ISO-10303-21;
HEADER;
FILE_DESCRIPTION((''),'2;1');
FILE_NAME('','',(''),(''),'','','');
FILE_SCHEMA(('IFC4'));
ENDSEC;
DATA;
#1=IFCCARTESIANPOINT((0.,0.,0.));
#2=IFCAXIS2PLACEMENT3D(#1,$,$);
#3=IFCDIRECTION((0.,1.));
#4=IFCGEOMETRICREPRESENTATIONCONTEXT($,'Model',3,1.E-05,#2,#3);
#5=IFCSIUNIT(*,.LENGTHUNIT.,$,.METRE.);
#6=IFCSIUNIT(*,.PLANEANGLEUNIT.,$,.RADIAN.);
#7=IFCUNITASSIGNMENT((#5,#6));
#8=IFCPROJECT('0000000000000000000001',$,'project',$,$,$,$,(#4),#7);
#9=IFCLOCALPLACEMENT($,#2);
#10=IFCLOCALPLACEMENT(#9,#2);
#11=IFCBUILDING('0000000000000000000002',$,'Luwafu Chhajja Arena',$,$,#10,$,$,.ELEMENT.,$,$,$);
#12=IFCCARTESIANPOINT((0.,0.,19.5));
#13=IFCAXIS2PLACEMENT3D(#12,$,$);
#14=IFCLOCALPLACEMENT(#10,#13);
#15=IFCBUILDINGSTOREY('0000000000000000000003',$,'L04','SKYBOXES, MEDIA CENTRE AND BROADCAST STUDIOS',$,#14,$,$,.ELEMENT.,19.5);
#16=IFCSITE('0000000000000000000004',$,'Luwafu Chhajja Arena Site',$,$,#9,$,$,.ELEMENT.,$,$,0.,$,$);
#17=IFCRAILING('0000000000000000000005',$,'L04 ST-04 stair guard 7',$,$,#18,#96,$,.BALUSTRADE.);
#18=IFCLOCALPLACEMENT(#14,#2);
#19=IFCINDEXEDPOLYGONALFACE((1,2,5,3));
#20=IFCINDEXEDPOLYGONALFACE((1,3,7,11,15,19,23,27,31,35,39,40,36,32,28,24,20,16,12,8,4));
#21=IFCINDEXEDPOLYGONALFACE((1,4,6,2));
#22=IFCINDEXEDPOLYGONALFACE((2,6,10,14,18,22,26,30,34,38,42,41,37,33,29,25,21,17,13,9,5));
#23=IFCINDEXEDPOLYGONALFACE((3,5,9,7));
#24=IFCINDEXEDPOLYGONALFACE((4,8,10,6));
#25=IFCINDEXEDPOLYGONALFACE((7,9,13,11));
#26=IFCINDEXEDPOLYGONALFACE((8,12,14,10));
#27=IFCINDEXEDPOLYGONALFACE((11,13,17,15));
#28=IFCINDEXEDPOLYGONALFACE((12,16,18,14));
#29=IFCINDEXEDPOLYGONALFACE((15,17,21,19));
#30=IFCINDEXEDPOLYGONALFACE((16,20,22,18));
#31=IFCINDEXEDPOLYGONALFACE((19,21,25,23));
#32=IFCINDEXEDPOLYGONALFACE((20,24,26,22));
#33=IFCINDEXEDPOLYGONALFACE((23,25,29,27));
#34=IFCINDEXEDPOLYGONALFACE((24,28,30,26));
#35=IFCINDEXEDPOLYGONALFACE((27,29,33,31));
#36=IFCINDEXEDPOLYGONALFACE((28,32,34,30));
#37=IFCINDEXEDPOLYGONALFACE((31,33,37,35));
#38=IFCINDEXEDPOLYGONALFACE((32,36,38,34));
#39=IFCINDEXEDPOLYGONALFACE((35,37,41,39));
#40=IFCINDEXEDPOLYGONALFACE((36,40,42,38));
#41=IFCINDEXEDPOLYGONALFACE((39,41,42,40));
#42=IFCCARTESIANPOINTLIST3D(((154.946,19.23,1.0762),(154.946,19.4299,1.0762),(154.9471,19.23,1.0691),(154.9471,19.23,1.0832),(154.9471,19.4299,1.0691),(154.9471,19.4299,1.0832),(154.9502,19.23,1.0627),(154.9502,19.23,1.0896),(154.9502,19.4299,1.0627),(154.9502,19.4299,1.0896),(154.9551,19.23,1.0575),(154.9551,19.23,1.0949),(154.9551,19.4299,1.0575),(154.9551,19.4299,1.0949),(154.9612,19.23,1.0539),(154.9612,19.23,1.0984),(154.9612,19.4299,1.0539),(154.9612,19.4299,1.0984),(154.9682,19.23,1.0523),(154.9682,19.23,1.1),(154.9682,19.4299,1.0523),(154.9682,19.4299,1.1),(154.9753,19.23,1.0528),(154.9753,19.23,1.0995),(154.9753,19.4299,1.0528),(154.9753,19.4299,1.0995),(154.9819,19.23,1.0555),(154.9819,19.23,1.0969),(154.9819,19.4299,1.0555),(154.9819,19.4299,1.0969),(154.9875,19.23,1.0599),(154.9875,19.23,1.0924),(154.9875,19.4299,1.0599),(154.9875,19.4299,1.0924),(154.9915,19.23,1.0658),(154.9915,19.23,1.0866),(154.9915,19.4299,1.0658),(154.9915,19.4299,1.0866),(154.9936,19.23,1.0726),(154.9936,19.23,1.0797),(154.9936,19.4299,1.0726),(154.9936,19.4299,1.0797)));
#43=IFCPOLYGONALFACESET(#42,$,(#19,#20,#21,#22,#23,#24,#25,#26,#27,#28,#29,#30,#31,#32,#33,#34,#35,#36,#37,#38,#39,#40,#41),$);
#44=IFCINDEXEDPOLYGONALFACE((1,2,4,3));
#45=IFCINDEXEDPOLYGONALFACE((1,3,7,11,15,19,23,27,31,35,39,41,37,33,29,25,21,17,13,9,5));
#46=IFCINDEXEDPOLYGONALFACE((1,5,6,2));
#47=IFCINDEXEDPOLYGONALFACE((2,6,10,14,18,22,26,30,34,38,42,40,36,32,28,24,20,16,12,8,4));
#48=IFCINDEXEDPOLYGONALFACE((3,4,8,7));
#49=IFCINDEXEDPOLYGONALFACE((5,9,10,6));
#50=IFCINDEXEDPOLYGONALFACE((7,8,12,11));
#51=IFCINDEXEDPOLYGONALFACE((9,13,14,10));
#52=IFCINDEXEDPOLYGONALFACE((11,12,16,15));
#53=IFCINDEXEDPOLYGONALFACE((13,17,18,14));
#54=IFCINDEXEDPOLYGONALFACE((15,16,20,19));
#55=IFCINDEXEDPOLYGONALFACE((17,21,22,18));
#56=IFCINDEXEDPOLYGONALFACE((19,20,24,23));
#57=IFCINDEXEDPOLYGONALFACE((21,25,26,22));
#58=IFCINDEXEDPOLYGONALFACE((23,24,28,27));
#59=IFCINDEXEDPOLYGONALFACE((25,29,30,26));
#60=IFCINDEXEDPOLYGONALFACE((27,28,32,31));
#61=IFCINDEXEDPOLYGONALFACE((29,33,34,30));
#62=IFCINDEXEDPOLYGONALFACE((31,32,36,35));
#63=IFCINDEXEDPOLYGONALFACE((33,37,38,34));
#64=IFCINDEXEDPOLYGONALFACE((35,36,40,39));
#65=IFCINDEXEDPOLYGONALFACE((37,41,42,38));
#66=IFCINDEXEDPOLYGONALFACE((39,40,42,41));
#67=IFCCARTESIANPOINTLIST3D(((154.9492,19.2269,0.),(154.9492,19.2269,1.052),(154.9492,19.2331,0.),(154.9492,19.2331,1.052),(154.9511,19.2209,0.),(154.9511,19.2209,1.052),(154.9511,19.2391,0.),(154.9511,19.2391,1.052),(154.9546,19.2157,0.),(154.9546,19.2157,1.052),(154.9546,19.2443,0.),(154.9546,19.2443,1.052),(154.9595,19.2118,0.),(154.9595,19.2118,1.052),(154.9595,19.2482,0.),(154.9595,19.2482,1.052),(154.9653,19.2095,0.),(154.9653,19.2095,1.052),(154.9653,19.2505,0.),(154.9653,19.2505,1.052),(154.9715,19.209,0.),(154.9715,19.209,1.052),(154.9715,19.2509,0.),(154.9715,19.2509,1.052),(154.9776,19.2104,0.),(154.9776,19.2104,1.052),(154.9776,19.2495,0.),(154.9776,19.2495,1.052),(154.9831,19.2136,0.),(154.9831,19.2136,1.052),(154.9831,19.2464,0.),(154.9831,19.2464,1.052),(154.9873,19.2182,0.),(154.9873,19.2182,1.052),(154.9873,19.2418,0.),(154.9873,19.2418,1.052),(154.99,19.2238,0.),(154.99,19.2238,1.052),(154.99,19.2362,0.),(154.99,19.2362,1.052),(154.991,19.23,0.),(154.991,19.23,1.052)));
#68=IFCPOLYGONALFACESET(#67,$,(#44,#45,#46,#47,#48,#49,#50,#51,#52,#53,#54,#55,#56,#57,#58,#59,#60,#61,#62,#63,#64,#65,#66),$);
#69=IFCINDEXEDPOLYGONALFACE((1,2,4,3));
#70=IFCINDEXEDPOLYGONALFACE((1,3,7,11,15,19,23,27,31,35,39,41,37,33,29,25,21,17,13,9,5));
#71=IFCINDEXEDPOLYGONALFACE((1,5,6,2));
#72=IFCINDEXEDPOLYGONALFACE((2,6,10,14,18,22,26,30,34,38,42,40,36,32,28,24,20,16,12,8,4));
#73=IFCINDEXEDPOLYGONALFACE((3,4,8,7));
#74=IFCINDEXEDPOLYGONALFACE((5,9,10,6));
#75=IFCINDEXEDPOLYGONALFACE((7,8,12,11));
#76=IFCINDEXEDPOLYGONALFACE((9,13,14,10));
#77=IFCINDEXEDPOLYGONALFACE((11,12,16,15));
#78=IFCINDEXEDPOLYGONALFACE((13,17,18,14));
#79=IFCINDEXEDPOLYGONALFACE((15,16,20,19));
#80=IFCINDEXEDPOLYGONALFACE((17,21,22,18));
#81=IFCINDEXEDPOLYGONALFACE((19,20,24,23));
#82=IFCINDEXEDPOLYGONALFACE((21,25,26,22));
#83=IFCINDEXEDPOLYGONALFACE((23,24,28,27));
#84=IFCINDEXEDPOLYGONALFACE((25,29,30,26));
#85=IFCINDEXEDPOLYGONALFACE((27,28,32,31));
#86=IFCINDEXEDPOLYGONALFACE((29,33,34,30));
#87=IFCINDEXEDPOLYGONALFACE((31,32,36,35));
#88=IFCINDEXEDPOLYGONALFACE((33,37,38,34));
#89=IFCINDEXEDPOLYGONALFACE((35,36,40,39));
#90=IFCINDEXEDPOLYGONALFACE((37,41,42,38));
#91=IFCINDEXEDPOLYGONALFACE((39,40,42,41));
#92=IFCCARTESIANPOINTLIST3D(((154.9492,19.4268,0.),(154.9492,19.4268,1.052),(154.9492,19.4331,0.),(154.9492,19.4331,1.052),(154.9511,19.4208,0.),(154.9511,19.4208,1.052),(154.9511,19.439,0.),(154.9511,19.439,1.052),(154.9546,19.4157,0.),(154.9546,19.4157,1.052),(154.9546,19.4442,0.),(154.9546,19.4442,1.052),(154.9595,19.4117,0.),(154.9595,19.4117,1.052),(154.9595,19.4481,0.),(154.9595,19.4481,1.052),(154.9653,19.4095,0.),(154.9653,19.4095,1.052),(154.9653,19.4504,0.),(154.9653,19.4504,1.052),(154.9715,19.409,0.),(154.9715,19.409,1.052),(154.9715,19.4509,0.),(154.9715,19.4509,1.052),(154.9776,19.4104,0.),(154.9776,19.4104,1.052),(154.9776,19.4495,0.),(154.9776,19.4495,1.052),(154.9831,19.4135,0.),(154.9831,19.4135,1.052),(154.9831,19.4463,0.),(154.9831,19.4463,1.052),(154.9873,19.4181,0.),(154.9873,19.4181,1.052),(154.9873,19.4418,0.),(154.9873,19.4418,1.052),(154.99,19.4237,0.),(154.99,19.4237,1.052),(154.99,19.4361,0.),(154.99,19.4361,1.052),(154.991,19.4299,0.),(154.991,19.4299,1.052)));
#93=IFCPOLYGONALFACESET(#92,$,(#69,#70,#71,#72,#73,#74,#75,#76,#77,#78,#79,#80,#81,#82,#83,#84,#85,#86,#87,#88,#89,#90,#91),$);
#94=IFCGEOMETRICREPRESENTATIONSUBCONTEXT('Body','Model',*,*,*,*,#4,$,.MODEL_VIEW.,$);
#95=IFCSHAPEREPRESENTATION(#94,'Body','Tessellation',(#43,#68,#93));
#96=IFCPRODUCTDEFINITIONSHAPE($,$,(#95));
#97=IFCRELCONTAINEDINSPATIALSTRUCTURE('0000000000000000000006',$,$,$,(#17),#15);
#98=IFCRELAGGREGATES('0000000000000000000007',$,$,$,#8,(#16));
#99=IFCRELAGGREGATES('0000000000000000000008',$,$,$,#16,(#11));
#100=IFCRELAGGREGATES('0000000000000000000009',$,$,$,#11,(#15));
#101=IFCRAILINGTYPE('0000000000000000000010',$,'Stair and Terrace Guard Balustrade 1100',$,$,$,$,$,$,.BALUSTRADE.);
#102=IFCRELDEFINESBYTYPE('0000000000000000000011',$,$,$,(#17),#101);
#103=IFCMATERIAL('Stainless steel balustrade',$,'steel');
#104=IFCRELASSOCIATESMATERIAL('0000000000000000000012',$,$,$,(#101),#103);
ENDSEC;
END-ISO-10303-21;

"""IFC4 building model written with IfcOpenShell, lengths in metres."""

from ifc_helpers import new_model, si_unit, direction, frame, origin, origin_2d, place, context, subcontext, project, spatial, circle, extrude, material, type_object, element, save


model = new_model("IFC4")

# Units and contexts
model_context = context("Model", 3, precision=1e-05, world=origin(), true_north=direction((0.0, 1.0)))
body_context = subcontext(model_context, "Body", "Model", "MODEL_VIEW")
ifc_project = project(units=[si_unit("LENGTHUNIT", "METRE"), si_unit("PLANEANGLEUNIT", "RADIAN")], contexts=[model_context])

# Site, building, storey
site_placement = place(None, origin())
site = spatial("IfcSite", under=ifc_project, at=site_placement, Name="Luwafu Chhajja Arena Site", CompositionType="ELEMENT", RefElevation=0.0)
building_placement = place(site_placement, origin())
building = spatial("IfcBuilding", under=site, at=building_placement, Name="Luwafu Chhajja Arena", CompositionType="ELEMENT")
storey_placement = place(building_placement, frame((0.0, 0.0, 19.5)))
storey = spatial("IfcBuildingStorey", under=building, at=storey_placement, Name="L04", Description="SKYBOXES, MEDIA CENTRE AND BROADCAST STUDIOS", CompositionType="ELEMENT", Elevation=19.5)

# Railing
ifc_material_1 = material(Name="Stainless steel balustrade", Category="steel")
railing_type_1 = type_object("IfcRailingType", Name="Stair and Terrace Guard Balustrade 1100", PredefinedType="BALUSTRADE", material=ifc_material_1)
railing_1_placement = place(storey_placement, frame((154.97, 19.23, 0.0)))
element("IfcRailing", 1, at=railing_1_placement, inside=storey, type_object=railing_type_1, Name="L04 ST-04 stair guard 7", PredefinedType="BALUSTRADE", context=body_context, shape_type="SweptSolid", body=[
    extrude(circle(Radius=0.0239, at=origin_2d()), frame((0.0, 0.0, 1.0762), z_axis=(0.0, 1.0, 0.0), x_axis=(-1.0, 0.0, 0.0)), (0.0, 0.0, 1.0), 0.2),
    extrude(circle(Radius=0.021, at=origin_2d()), origin(), (0.0, 0.0, 1.0), 1.052),
    extrude(circle(Radius=0.021, at=origin_2d()), frame((0.0, 0.2, 0.0)), (0.0, 0.0, 1.0), 1.052),
])

save(model, "model.ifc")
